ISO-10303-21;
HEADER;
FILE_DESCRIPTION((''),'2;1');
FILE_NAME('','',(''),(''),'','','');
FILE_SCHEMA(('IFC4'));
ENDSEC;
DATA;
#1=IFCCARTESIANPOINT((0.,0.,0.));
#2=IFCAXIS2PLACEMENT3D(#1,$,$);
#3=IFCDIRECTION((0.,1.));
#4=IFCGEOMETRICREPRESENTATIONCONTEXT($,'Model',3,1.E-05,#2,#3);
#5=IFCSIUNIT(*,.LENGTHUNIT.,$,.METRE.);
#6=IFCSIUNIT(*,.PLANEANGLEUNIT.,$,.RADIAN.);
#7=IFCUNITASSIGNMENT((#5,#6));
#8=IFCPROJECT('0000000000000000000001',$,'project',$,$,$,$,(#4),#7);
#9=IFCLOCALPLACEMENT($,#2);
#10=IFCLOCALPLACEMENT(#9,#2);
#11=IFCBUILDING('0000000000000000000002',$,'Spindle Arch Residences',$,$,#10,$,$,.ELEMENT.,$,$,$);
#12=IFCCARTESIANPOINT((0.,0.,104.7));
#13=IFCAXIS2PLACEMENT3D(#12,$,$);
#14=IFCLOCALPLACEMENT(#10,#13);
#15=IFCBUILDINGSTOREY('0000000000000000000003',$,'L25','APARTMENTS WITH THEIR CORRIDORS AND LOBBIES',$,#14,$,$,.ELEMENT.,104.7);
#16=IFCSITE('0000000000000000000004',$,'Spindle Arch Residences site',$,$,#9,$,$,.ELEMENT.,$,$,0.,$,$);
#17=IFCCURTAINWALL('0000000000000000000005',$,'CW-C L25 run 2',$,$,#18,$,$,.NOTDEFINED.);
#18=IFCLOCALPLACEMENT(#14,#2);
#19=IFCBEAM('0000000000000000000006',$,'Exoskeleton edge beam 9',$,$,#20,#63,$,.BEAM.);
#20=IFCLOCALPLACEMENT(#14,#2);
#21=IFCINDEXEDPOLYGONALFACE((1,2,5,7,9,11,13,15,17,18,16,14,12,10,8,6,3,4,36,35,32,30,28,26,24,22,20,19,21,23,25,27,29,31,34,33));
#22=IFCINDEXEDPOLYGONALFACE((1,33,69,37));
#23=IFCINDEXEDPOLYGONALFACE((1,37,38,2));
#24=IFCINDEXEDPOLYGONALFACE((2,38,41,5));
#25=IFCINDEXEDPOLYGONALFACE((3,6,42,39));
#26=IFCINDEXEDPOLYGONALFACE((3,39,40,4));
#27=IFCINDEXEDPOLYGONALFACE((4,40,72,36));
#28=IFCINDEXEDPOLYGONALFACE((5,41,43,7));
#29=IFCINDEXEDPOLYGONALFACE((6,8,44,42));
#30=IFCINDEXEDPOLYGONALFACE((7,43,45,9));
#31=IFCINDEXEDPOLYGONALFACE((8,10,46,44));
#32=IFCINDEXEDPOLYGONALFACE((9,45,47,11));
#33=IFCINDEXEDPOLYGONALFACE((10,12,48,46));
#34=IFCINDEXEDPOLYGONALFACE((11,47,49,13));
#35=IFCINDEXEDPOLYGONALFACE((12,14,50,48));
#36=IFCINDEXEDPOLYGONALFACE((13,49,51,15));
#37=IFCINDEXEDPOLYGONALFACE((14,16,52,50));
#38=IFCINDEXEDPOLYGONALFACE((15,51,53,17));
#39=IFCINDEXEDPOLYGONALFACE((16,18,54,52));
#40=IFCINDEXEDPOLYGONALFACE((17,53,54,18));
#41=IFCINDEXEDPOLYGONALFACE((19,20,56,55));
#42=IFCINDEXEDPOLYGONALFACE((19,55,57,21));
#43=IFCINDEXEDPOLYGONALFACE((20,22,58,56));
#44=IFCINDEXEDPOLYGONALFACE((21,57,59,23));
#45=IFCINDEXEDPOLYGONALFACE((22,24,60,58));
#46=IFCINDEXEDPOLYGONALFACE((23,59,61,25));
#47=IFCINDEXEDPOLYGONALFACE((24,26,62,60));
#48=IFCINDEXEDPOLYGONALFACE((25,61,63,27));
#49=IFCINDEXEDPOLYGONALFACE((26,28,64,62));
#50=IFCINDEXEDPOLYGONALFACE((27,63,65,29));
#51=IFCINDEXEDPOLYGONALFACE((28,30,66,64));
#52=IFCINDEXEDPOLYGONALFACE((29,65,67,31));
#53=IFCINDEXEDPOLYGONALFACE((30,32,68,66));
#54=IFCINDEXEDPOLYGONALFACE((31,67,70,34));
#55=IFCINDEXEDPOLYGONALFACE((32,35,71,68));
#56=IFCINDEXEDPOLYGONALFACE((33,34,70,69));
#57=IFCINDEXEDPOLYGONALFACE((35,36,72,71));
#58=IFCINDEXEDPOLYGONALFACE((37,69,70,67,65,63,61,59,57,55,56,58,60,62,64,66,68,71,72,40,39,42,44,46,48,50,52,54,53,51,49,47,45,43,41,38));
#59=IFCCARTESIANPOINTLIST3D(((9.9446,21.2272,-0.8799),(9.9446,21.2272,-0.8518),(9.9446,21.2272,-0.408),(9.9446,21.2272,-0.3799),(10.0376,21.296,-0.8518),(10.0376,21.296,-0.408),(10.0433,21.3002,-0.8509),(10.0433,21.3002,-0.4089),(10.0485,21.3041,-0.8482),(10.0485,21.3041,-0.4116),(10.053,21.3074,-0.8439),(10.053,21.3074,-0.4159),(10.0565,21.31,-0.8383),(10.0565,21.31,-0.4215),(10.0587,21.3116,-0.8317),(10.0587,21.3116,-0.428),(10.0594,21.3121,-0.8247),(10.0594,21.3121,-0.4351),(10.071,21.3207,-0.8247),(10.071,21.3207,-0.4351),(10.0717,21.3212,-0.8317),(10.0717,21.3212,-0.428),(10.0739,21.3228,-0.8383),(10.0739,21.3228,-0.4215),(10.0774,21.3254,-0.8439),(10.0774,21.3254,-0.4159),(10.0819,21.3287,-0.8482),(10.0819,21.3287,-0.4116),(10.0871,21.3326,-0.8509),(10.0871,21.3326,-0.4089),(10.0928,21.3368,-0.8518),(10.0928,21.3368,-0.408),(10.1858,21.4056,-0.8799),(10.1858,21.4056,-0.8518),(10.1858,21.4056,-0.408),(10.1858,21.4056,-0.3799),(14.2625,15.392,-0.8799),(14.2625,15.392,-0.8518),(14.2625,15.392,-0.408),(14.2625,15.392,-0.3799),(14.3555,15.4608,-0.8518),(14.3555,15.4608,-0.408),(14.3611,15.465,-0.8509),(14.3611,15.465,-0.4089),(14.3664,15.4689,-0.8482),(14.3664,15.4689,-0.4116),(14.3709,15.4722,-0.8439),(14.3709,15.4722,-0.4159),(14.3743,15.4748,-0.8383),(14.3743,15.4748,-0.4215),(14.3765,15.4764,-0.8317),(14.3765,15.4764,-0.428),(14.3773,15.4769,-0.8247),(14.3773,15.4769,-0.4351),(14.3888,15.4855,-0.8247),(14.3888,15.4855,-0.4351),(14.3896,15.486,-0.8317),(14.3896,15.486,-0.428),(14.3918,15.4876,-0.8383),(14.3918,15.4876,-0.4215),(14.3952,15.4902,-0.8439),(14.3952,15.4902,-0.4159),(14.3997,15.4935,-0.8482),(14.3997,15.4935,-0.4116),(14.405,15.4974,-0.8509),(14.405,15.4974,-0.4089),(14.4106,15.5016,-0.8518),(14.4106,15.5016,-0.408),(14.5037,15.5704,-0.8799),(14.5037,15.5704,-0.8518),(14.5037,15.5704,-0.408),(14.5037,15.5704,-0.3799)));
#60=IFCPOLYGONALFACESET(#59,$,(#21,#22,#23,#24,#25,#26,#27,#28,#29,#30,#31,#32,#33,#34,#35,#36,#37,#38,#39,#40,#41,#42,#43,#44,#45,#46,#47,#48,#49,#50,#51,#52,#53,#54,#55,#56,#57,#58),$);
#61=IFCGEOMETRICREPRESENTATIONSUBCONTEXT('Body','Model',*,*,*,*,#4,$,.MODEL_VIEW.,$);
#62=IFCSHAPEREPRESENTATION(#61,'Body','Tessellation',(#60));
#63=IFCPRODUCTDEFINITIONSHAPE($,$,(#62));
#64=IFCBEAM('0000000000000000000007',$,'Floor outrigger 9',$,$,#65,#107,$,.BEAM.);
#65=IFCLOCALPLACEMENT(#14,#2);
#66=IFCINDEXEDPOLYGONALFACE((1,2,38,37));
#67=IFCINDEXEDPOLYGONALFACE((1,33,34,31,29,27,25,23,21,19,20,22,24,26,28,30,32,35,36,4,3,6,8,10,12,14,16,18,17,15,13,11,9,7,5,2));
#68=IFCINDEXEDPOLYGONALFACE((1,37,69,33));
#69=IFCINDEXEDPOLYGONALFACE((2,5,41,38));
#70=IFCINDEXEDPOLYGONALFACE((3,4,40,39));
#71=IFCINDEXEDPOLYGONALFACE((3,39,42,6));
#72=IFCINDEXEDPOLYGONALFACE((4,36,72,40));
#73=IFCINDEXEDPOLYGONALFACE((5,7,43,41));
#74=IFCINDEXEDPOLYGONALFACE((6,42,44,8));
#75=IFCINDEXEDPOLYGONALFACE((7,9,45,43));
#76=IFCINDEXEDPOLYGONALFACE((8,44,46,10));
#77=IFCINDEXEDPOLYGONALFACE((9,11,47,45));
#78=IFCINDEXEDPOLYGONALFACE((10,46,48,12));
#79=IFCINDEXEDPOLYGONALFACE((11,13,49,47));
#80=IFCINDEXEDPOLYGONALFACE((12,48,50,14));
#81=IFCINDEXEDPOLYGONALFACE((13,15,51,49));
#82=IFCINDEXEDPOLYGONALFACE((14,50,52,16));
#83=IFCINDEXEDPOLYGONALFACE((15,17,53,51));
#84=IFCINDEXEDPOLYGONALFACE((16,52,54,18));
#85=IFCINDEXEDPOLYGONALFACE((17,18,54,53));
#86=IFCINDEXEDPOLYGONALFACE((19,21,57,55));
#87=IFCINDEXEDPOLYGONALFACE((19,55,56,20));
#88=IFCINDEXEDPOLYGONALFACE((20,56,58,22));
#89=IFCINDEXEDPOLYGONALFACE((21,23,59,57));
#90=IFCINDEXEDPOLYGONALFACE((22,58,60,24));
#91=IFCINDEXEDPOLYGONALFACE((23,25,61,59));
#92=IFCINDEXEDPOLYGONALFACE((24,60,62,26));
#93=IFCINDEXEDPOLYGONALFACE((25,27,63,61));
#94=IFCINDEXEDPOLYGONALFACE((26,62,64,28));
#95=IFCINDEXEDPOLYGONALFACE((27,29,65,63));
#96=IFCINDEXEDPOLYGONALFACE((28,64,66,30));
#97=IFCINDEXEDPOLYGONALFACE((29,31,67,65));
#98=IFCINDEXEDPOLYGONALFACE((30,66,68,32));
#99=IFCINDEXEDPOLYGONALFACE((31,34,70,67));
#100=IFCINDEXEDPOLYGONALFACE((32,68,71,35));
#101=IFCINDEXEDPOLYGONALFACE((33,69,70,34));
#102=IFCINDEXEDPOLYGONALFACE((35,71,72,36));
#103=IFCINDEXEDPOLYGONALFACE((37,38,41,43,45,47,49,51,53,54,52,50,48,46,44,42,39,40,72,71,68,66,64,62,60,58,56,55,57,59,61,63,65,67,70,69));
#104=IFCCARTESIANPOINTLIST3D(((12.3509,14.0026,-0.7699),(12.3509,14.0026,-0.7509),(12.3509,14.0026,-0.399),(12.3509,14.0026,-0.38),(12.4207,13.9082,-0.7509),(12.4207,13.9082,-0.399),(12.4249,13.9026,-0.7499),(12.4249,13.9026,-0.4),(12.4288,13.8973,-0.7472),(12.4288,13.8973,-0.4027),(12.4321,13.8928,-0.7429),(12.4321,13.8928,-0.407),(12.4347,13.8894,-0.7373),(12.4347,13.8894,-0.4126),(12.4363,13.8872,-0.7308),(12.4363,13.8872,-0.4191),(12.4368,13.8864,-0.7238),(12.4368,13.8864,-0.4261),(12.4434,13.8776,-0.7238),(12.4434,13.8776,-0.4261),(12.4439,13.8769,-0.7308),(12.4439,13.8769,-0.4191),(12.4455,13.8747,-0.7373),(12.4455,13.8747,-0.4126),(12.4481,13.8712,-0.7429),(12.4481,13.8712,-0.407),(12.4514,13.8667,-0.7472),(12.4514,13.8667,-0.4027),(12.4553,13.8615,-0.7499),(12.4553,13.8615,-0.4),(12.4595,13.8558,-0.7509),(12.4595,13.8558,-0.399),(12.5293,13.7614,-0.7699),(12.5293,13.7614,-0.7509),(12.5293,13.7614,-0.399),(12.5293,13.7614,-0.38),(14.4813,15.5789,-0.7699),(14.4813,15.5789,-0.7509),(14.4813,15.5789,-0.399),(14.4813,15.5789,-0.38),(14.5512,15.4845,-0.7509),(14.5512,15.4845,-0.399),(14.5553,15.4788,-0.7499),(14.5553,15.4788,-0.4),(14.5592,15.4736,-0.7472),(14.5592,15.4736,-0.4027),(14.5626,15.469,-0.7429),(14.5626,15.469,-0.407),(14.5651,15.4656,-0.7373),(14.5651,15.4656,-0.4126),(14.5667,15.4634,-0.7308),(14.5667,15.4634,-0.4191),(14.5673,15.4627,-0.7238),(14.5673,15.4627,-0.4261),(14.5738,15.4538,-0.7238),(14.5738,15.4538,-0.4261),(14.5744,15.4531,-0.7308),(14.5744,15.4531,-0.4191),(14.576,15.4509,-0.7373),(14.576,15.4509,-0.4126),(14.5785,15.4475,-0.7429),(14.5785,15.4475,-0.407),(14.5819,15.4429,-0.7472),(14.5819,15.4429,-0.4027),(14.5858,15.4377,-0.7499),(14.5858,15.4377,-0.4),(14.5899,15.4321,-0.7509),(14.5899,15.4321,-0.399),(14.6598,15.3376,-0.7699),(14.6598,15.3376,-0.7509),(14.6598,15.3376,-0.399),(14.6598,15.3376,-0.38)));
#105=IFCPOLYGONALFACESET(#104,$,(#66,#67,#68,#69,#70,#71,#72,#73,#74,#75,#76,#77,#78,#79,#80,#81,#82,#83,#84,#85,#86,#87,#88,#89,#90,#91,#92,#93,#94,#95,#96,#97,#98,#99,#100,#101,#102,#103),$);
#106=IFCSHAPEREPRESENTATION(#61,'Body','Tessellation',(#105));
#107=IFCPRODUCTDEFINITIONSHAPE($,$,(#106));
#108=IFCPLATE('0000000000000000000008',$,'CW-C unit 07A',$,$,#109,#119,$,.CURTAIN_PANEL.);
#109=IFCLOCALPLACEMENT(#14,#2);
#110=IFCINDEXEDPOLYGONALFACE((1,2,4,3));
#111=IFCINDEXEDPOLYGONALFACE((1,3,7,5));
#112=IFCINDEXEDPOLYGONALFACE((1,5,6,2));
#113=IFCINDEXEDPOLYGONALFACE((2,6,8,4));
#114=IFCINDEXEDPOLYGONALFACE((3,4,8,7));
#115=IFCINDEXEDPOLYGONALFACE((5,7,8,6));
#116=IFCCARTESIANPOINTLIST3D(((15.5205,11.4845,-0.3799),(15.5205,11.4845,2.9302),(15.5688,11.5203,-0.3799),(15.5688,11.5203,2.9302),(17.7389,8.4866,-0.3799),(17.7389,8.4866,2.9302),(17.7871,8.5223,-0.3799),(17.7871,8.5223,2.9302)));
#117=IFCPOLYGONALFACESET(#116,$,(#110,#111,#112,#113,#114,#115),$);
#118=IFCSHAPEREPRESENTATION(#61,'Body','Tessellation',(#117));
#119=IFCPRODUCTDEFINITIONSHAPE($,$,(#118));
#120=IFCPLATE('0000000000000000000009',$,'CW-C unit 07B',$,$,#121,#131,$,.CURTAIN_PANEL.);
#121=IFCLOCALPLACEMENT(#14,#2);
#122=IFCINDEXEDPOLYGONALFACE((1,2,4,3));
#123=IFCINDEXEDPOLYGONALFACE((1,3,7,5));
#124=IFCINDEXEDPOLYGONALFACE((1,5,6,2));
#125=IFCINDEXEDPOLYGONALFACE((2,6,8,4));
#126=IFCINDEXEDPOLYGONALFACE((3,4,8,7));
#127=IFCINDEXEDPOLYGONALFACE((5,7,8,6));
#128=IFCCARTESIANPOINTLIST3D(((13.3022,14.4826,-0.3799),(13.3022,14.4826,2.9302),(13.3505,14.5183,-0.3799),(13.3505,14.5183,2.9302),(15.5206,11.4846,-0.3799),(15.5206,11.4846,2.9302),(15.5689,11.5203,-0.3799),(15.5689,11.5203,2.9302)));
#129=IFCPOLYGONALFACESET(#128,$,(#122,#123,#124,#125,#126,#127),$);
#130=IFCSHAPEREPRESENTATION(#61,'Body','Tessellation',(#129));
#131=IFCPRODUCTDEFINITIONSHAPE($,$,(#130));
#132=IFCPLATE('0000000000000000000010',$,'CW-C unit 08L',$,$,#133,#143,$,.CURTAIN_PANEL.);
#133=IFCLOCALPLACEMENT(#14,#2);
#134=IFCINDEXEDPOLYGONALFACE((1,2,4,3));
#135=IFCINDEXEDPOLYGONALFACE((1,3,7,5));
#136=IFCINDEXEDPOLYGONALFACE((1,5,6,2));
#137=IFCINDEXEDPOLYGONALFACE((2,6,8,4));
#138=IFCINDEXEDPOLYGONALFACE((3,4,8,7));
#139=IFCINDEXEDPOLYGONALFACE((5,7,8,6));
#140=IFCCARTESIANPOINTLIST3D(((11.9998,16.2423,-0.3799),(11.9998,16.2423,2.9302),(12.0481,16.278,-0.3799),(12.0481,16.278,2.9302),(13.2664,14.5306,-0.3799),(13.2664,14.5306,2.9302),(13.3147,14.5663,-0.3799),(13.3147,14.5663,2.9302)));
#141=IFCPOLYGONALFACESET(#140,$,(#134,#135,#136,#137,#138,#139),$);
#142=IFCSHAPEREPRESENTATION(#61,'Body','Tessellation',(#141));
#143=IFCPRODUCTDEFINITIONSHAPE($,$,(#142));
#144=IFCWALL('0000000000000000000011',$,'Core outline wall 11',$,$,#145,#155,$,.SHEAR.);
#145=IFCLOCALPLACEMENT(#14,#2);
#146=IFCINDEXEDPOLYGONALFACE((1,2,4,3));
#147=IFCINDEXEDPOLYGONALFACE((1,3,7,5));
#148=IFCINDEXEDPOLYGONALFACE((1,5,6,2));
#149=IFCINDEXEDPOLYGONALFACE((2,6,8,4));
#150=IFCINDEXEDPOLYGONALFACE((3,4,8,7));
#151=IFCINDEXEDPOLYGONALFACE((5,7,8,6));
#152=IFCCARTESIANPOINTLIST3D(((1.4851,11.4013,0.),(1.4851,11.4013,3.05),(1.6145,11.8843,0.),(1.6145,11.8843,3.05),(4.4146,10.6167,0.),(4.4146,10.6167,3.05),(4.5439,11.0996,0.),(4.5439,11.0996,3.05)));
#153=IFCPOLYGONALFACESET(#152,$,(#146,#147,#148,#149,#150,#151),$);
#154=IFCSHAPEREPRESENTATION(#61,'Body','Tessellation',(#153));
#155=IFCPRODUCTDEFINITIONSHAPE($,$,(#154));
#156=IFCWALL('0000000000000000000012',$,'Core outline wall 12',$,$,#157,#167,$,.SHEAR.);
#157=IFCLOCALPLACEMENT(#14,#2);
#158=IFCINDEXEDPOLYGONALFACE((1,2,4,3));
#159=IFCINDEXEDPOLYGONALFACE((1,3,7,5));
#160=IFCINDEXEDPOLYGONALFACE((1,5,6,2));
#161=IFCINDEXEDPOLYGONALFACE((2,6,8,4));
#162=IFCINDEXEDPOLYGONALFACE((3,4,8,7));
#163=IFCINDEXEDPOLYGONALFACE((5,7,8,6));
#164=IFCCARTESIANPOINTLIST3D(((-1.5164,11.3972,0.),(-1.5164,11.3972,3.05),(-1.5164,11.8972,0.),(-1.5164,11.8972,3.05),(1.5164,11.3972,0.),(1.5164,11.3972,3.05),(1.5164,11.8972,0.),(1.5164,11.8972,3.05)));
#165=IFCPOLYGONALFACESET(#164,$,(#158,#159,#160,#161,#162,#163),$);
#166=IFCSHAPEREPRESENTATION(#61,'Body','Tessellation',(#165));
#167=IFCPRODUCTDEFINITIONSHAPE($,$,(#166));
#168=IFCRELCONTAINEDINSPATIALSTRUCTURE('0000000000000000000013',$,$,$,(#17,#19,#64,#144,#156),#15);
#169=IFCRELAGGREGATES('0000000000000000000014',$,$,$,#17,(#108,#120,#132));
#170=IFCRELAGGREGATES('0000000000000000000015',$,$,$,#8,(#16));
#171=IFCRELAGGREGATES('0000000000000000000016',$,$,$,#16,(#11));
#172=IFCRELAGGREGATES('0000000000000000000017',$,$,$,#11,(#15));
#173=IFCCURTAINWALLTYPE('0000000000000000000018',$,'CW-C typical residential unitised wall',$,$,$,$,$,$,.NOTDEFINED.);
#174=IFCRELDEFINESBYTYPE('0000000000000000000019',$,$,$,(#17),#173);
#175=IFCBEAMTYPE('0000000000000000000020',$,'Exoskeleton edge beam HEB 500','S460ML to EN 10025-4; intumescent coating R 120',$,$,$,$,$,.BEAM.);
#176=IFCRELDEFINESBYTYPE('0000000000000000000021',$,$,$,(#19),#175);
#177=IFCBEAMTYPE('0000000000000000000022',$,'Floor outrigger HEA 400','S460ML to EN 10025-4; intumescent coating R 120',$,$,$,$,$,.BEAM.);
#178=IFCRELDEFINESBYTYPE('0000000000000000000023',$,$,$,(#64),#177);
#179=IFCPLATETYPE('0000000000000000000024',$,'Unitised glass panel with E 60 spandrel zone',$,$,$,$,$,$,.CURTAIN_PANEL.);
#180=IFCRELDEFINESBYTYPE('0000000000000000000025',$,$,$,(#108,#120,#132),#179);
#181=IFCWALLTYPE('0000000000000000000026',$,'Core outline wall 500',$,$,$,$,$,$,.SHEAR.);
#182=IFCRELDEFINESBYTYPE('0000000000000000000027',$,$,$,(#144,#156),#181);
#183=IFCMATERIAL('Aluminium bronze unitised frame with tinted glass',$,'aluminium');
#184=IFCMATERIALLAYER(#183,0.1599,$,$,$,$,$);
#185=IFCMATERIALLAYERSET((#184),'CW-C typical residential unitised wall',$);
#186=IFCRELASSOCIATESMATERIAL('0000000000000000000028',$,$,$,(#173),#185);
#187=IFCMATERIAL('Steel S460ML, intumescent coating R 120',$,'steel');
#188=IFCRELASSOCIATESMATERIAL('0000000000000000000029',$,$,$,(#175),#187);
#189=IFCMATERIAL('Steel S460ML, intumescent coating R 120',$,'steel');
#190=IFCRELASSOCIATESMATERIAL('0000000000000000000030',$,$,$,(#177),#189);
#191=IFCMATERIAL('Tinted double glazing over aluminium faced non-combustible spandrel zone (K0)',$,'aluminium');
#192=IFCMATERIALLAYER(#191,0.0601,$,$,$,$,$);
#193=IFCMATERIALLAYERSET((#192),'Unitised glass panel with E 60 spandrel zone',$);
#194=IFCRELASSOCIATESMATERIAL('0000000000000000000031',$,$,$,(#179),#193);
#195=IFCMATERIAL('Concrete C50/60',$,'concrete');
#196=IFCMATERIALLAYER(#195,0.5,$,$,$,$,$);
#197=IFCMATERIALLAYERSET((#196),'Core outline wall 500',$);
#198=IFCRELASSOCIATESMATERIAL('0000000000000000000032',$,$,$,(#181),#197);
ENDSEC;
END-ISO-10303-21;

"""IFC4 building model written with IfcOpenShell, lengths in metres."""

from ifc_helpers import new_model, si_unit, direction, frame, frame_2d, origin, origin_2d, place, context, subcontext, project, spatial, rectangle, i_section, extrude, material, layer, layer_set, material_profile, profile_set, type_object, element, aggregate, save


model = new_model("IFC4")

# Units and contexts
model_context = context("Model", 3, precision=1e-05, world=origin(), true_north=direction((0.0, 1.0)))
body_context = subcontext(model_context, "Body", "Model", "MODEL_VIEW")
ifc_project = project(units=[si_unit("LENGTHUNIT", "METRE"), si_unit("PLANEANGLEUNIT", "RADIAN")], contexts=[model_context])

# Site, building, storey
site_placement = place(None, origin())
site = spatial("IfcSite", under=ifc_project, at=site_placement, Name="Spindle Arch Residences site", CompositionType="ELEMENT", RefElevation=0.0)
building_placement = place(site_placement, origin())
building = spatial("IfcBuilding", under=site, at=building_placement, Name="Spindle Arch Residences", CompositionType="ELEMENT")
storey_placement = place(building_placement, frame((0.0, 0.0, 104.7)))
storey = spatial("IfcBuildingStorey", under=building, at=storey_placement, Name="L25", Description="APARTMENTS WITH THEIR CORRIDORS AND LOBBIES", CompositionType="ELEMENT", Elevation=104.7)

# Curtain wall
ifc_material_1 = material(Name="Aluminium bronze unitised frame with tinted glass", Category="aluminium")
ifc_layer_1 = layer(ifc_material_1, 0.1599)
ifc_layer_set_1 = layer_set([ifc_layer_1], Name="CW-C typical residential unitised wall")
curtain_wall_type = type_object("IfcCurtainWallType", Name="CW-C typical residential unitised wall", PredefinedType="NOTDEFINED", material=ifc_layer_set_1)
curtain_wall_placement = place(storey_placement, origin())
curtain_wall = element("IfcCurtainWall", 1, at=curtain_wall_placement, inside=storey, type_object=curtain_wall_type, Name="CW-C L25 run 2", PredefinedType="NOTDEFINED")

# Beams
ifc_material_2 = material(Name="Steel S460ML, intumescent coating R 120", Category="steel")
ifc_material_profile_1 = material_profile(ifc_material_2, i_section(OverallWidth=0.3, OverallDepth=0.5, WebThickness=0.0144, FlangeThickness=0.0281, FilletRadius=0.0271, at=origin_2d()), Name="HEB 500")
ifc_profile_set_1 = profile_set([ifc_material_profile_1], Name="Steel S460ML, intumescent coating R 120")
beam_type_1 = type_object("IfcBeamType", Name="Exoskeleton edge beam HEB 500", Description="S460ML to EN 10025-4; intumescent coating R 120", PredefinedType="BEAM", material=ifc_profile_set_1)
beam_1_placement = place(storey_placement, frame((14.3831, 15.4812, -0.6299), z_axis=(-0.594827, 0.803854, 0.0), x_axis=(-0.803854, -0.594827, 0.0)))
element("IfcBeam", 2, at=beam_1_placement, inside=storey, type_object=beam_type_1, Name="Exoskeleton edge beam 9", PredefinedType="BEAM", context=body_context, shape_type="SweptSolid", body=[
    extrude(i_section(OverallWidth=0.3, OverallDepth=0.5, WebThickness=0.0144, FlangeThickness=0.0281, FilletRadius=0.0271, at=origin_2d()), origin(), (0.0, 0.0, 1.0), 7.259),
])
ifc_material_3 = material(Name="Steel S460ML, intumescent coating R 120", Category="steel")
ifc_material_profile_2 = material_profile(ifc_material_3, i_section(OverallWidth=0.3, OverallDepth=0.3899, WebThickness=0.011, FlangeThickness=0.019, FilletRadius=0.0271, at=origin_2d()), Name="HEA 400")
ifc_profile_set_2 = profile_set([ifc_material_profile_2], Name="Steel S460ML, intumescent coating R 120")
beam_type_2 = type_object("IfcBeamType", Name="Floor outrigger HEA 400", Description="S460ML to EN 10025-4; intumescent coating R 120", PredefinedType="BEAM", material=ifc_profile_set_2)
beam_2_placement = place(storey_placement, frame((14.5706, 15.4583, -0.575), z_axis=(-0.803897, -0.594769, 0.0), x_axis=(0.594769, -0.803897, 0.0)))
element("IfcBeam", 3, at=beam_2_placement, inside=storey, type_object=beam_type_2, Name="Floor outrigger 9", PredefinedType="BEAM", context=body_context, shape_type="SweptSolid", body=[
    extrude(i_section(OverallWidth=0.3, OverallDepth=0.3899, WebThickness=0.011, FlangeThickness=0.019, FilletRadius=0.0271, at=origin_2d()), origin(), (0.0, 0.0, 1.0), 2.6501),
])

# Plates
ifc_material_4 = material(Name="Tinted double glazing over aluminium faced non-combustible spandrel zone (K0)", Category="aluminium")
ifc_layer_2 = layer(ifc_material_4, 0.0601)
ifc_layer_set_2 = layer_set([ifc_layer_2], Name="Unitised glass panel with E 60 spandrel zone")
plate_type = type_object("IfcPlateType", Name="Unitised glass panel with E 60 spandrel zone", PredefinedType="CURTAIN_PANEL", material=ifc_layer_set_2)
plate_1_placement = place(storey_placement, frame((16.6538, 10.0034, -0.3799), z_axis=(0.0, 0.0, 1.0), x_axis=(-0.594823, 0.803857, 0.0)))
plate_1 = element("IfcPlate", 4, at=plate_1_placement, type_object=plate_type, Name="CW-C unit 07A", PredefinedType="CURTAIN_PANEL", context=body_context, shape_type="SweptSolid", body=[
    extrude(rectangle(XDim=3.7295, YDim=0.0601, at=origin_2d()), origin(), (0.0, 0.0, 1.0), 3.3101),
])
plate_2_placement = place(storey_placement, frame((14.4355, 13.0015, -0.3799), z_axis=(0.0, 0.0, 1.0), x_axis=(-0.594823, 0.803857, 0.0)))
plate_2 = element("IfcPlate", 5, at=plate_2_placement, type_object=plate_type, Name="CW-C unit 07B", PredefinedType="CURTAIN_PANEL", context=body_context, shape_type="SweptSolid", body=[
    extrude(rectangle(XDim=3.7295, YDim=0.0601, at=origin_2d()), origin(), (0.0, 0.0, 1.0), 3.3101),
])
plate_3_placement = place(storey_placement, frame((12.6572, 15.4043, -0.3799), z_axis=(0.0, 0.0, 1.0), x_axis=(-0.594823, 0.803857, 0.0)))
plate_3 = element("IfcPlate", 6, at=plate_3_placement, type_object=plate_type, Name="CW-C unit 08L", PredefinedType="CURTAIN_PANEL", context=body_context, shape_type="SweptSolid", body=[
    extrude(rectangle(XDim=2.1294, YDim=0.0601, at=origin_2d()), origin(), (0.0, 0.0, 1.0), 3.3101),
])
aggregate(curtain_wall, [plate_1, plate_2, plate_3])

# Walls
ifc_material_5 = material(Name="Concrete C50/60", Category="concrete")
ifc_layer_3 = layer(ifc_material_5, 0.5)
ifc_layer_set_3 = layer_set([ifc_layer_3], Name="Core outline wall 500")
wall_type_1 = type_object("IfcWallType", Name="Core outline wall 500", PredefinedType="SHEAR", material=ifc_layer_set_3)
for number, where, z_axis, x_axis, name in (
    (7, (4.4792, 10.8582, 0.0), (0.0, 0.0, 1.0), (-0.965948, 0.258735, 0.0), "Core outline wall 11"),
    (8, (1.5164, 11.6472, 0.0), (0.0, 0.0, 1.0), (-1.0, 0.0, 0.0), "Core outline wall 12"),
):
    element("IfcWall", number, at=place(storey_placement, frame(where, z_axis=z_axis, x_axis=x_axis)), inside=storey, type_object=wall_type_1, Name=name, PredefinedType="SHEAR", context=body_context, shape_type="SweptSolid", body=[
        extrude(rectangle(XDim=3.0327, YDim=0.5, at=frame_2d((1.5164, 0.0))), origin(), (0.0, 0.0, 1.0), 3.05),
    ])

save(model, "model.ifc")
